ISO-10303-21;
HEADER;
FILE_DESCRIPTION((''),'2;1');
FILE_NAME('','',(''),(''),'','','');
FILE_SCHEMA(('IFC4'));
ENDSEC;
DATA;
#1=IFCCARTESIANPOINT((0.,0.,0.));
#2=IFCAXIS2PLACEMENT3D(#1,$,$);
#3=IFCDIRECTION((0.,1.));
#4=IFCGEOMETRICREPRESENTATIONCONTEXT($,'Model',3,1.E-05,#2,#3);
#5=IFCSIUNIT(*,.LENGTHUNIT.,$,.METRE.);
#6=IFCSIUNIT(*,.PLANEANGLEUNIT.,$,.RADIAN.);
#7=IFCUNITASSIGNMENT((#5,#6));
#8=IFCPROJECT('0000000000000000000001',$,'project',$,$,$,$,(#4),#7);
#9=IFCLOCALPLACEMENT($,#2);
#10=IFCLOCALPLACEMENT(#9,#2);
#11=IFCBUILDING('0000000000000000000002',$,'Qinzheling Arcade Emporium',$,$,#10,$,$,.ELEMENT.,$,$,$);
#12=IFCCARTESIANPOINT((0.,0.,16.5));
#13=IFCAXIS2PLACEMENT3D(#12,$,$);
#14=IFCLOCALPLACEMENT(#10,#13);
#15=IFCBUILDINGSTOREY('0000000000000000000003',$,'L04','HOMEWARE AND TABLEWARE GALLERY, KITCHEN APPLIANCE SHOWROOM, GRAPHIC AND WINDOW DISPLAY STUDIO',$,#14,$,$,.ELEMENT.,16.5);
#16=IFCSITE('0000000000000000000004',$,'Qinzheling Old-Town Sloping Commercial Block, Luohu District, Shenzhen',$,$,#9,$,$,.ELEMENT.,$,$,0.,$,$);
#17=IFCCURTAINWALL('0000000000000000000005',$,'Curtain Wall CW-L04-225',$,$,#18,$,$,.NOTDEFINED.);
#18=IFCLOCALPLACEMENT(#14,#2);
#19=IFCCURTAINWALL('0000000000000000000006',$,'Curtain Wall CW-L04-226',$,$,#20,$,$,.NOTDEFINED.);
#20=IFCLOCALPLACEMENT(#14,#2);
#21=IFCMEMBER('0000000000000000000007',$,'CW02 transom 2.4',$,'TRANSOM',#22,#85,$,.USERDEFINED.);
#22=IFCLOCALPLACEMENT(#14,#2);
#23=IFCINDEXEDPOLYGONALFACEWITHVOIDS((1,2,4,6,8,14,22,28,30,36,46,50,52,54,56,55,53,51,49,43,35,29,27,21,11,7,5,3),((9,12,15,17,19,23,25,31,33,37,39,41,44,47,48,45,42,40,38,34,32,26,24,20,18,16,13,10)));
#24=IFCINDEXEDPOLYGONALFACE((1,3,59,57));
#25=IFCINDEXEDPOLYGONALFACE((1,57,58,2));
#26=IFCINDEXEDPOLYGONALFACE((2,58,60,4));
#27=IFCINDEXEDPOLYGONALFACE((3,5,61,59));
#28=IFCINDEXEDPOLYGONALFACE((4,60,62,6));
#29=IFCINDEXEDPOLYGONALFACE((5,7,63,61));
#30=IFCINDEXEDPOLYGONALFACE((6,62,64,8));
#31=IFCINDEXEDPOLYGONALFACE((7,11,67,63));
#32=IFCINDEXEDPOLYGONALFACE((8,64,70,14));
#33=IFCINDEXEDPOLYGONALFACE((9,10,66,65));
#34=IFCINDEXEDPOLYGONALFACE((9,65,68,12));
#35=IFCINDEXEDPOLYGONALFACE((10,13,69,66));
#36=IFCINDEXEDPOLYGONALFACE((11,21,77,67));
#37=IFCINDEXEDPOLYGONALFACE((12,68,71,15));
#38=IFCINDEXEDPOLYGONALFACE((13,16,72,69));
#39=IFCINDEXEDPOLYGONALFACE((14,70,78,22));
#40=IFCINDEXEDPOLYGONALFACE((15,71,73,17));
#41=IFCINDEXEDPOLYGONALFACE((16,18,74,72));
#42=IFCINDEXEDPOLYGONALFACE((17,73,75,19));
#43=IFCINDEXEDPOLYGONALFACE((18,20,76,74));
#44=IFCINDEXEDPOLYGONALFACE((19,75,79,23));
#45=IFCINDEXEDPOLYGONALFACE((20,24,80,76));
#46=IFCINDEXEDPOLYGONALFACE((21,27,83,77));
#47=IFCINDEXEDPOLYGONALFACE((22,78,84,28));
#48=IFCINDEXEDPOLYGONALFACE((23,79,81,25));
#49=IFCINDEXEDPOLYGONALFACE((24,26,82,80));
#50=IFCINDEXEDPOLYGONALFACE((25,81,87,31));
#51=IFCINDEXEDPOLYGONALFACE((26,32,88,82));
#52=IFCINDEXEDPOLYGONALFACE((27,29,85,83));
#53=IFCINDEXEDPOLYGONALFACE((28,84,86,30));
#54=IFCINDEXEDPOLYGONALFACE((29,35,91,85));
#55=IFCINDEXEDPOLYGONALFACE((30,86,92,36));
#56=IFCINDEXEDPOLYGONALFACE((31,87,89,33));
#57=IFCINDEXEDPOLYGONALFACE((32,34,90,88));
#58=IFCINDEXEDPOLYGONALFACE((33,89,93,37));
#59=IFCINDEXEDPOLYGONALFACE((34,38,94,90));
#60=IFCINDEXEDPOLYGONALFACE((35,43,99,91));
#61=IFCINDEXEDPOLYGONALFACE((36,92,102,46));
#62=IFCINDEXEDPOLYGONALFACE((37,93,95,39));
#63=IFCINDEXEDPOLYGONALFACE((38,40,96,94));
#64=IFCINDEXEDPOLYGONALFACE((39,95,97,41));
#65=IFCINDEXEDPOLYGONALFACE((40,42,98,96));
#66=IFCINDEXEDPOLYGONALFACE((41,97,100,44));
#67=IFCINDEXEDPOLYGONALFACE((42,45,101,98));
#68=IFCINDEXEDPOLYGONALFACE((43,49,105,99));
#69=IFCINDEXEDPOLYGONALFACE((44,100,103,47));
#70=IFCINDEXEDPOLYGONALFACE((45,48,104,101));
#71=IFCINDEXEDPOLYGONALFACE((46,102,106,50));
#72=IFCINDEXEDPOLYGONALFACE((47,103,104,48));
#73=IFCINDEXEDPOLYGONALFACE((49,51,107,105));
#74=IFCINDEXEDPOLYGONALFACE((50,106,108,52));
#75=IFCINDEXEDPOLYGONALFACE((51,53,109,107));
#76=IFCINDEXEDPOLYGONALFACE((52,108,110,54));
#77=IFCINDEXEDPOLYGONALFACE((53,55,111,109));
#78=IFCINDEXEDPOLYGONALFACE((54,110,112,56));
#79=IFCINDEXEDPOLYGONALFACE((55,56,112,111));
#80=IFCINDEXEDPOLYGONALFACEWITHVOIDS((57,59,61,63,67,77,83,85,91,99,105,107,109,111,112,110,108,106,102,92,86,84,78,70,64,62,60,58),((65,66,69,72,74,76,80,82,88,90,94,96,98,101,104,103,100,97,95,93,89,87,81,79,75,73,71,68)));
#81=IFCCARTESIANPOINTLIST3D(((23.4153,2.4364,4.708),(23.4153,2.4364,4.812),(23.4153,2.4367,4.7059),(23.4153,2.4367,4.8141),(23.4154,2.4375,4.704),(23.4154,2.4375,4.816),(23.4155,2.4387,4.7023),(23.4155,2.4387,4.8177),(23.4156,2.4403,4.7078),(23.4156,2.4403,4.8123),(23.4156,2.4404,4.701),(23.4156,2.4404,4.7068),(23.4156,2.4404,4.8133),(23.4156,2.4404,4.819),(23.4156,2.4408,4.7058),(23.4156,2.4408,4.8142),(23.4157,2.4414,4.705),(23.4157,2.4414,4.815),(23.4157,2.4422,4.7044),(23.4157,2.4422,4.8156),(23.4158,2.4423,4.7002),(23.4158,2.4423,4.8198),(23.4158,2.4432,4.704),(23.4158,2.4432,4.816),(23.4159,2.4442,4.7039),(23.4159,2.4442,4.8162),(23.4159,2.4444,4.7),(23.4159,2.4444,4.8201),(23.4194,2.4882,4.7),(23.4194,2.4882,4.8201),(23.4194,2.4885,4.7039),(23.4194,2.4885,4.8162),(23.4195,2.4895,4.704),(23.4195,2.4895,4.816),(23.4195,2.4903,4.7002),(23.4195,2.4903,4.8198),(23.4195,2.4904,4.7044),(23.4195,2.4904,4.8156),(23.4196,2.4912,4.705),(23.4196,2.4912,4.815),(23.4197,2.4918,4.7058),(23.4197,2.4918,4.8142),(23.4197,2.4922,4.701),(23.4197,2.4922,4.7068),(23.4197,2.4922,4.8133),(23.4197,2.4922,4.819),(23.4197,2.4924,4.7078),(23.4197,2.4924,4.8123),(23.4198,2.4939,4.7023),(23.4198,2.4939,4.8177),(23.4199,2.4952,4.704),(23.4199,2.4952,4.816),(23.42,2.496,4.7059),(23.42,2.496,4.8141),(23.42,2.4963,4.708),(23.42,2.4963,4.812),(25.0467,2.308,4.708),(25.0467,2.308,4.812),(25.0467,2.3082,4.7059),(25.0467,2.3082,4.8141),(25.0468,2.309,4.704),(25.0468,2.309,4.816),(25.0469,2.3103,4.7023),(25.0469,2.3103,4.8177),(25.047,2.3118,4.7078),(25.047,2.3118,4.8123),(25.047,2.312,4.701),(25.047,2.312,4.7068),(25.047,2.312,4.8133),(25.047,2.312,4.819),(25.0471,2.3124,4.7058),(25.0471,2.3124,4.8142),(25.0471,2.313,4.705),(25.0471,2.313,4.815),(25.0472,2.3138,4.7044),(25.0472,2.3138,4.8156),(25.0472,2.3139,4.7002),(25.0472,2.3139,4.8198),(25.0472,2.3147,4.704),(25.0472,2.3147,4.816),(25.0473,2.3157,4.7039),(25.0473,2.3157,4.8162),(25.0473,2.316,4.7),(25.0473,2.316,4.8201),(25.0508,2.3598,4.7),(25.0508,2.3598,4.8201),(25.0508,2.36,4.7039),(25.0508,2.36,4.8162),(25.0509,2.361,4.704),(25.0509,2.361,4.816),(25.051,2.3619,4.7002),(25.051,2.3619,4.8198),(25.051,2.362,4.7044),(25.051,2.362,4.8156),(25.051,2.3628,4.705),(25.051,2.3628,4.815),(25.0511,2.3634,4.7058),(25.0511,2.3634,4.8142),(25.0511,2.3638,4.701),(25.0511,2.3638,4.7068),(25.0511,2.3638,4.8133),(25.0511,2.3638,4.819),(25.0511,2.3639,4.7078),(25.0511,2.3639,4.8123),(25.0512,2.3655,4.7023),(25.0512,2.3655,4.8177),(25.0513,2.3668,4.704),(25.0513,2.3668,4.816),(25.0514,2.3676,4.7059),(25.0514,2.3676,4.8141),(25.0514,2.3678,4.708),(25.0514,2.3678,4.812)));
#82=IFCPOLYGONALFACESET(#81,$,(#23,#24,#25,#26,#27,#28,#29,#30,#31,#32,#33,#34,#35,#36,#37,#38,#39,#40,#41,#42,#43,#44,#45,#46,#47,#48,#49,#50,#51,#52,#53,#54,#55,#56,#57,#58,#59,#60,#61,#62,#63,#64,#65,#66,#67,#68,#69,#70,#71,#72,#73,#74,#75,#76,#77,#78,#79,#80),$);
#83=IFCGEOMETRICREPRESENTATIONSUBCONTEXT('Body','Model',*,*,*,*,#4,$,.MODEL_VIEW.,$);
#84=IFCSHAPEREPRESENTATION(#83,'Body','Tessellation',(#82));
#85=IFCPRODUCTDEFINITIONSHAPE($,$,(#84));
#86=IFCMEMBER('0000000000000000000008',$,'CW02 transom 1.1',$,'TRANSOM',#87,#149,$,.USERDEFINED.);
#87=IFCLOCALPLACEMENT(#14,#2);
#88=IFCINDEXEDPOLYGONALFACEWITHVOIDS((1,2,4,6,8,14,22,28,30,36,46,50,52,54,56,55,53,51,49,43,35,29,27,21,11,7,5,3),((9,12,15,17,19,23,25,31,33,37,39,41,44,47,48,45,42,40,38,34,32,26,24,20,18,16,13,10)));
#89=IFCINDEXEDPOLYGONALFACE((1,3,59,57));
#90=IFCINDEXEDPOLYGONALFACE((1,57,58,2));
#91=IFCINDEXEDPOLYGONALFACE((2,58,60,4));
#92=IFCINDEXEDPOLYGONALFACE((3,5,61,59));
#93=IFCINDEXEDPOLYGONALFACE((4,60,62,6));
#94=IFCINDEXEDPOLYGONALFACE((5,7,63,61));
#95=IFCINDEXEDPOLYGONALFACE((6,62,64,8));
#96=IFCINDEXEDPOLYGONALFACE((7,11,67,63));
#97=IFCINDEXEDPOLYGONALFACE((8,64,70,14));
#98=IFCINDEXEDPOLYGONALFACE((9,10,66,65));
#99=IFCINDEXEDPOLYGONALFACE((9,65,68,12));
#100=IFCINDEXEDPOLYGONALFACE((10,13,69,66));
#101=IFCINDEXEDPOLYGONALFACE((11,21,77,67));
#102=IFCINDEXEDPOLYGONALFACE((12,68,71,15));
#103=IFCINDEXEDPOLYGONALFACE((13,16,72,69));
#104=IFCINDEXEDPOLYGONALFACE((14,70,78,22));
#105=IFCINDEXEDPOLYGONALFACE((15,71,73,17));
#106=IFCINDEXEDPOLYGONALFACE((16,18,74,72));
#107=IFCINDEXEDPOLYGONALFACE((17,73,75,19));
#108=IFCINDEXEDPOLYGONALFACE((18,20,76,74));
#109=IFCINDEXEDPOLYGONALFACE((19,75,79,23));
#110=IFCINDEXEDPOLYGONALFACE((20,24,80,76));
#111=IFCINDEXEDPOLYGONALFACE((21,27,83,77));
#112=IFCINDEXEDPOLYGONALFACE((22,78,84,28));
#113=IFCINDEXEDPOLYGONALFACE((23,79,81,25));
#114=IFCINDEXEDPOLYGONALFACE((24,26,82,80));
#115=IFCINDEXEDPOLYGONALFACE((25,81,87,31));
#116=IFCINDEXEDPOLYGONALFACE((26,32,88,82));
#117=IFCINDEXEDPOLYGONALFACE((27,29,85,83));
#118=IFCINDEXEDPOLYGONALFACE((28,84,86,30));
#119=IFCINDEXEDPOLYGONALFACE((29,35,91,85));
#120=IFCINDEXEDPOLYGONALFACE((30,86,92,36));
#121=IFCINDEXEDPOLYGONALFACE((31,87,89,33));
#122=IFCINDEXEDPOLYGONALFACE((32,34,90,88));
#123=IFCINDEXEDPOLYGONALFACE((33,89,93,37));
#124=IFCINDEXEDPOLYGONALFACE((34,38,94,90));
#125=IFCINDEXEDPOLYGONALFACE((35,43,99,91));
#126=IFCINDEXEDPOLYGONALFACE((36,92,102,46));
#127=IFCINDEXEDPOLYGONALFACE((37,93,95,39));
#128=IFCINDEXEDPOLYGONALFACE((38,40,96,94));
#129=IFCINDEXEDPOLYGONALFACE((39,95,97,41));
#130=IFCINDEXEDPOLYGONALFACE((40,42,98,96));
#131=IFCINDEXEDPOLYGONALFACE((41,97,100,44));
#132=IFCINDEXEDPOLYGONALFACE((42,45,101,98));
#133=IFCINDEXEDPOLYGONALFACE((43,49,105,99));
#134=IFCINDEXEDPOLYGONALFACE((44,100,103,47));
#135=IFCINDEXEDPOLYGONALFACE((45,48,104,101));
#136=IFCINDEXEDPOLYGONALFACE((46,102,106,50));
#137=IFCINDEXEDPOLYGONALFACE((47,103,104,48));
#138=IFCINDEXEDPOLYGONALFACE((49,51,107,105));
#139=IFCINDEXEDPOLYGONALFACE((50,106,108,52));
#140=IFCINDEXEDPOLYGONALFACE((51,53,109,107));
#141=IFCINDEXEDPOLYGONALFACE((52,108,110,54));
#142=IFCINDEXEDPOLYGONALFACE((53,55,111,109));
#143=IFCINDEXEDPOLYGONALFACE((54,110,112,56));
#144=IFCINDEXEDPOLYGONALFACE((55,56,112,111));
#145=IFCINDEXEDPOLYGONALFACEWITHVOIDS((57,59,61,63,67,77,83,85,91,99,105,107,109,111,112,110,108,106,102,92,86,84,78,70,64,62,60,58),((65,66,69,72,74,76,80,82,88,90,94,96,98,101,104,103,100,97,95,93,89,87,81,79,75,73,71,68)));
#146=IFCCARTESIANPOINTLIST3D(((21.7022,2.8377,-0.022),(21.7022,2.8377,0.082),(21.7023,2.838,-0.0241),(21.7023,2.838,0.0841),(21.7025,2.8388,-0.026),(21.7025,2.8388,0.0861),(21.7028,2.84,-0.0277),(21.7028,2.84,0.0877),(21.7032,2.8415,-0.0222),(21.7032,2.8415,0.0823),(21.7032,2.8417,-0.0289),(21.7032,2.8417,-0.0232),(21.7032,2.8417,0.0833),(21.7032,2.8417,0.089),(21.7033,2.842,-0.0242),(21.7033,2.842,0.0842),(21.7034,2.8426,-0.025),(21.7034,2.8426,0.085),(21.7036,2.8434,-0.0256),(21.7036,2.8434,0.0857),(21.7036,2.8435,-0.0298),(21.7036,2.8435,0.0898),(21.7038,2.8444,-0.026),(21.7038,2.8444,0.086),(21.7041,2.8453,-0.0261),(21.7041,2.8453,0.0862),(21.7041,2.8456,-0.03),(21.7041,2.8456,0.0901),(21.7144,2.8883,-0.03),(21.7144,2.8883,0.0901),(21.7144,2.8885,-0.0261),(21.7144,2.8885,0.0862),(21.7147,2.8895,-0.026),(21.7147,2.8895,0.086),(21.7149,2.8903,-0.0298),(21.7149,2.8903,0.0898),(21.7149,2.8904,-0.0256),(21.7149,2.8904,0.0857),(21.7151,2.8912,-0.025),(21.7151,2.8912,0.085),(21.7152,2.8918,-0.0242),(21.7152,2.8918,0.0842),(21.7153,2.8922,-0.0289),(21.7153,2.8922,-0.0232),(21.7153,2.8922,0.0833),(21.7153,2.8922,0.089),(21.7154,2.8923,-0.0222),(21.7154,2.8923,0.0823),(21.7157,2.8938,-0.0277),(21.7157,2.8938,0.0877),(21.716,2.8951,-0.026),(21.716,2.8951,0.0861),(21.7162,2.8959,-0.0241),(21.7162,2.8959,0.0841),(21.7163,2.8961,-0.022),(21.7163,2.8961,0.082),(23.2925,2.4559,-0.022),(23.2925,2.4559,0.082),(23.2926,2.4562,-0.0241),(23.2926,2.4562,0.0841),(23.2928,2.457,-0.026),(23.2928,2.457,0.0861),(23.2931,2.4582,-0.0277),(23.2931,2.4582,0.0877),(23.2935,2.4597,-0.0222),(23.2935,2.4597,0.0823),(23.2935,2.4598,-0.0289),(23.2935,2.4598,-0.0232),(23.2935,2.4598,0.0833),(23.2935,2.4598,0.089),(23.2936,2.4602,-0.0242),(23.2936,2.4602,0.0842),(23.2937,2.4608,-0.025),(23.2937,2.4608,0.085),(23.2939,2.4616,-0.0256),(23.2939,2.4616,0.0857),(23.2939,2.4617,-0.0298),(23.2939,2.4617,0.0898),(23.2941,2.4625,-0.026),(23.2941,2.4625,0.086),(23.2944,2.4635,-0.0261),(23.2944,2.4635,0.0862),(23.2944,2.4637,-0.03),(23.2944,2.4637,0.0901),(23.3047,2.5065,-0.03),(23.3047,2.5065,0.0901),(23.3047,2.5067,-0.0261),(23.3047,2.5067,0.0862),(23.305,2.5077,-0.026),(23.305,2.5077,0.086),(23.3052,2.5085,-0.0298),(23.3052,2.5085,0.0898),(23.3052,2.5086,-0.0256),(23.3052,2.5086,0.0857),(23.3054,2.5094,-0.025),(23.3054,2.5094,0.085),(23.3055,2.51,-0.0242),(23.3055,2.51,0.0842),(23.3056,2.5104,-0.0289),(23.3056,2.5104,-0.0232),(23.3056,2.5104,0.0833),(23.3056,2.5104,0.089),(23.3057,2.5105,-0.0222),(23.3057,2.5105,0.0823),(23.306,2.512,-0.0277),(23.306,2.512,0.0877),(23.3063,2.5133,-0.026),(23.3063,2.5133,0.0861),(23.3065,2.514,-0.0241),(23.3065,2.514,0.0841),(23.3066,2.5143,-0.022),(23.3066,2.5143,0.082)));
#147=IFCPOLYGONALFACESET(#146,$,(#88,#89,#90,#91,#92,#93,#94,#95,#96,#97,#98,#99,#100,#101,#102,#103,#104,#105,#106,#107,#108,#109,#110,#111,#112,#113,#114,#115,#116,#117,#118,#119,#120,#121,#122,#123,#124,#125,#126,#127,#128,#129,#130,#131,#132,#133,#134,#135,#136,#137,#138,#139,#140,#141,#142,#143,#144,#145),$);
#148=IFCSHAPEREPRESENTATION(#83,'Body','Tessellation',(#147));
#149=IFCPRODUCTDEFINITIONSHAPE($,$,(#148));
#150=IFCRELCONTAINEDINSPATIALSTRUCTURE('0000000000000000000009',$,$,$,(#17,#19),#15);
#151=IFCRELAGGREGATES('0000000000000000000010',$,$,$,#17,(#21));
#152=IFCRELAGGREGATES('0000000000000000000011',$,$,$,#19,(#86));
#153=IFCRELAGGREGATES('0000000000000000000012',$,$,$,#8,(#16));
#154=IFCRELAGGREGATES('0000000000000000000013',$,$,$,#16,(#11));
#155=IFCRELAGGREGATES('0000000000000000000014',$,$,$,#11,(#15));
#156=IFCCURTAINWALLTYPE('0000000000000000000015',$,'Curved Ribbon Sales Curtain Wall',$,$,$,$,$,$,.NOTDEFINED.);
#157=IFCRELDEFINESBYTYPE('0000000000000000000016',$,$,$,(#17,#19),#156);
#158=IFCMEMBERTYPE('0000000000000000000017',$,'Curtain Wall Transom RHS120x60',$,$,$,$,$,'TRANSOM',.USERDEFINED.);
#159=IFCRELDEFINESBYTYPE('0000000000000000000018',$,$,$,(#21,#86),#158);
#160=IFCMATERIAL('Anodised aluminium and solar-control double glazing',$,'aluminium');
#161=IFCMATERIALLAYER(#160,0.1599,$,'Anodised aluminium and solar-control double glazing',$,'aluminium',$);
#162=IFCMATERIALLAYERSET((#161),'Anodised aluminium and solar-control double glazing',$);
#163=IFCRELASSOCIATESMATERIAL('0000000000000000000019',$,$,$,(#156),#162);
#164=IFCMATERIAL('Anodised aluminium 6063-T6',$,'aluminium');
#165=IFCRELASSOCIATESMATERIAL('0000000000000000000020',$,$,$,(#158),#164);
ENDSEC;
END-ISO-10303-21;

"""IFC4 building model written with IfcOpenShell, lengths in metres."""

from ifc_helpers import new_model, si_unit, direction, frame, origin, origin_2d, place, context, subcontext, project, spatial, hollow_rectangle, extrude, material, layer, layer_set, material_profile, profile_set, type_object, element, aggregate, save


model = new_model("IFC4")

# Units and contexts
model_context = context("Model", 3, precision=1e-05, world=origin(), true_north=direction((0.0, 1.0)))
body_context = subcontext(model_context, "Body", "Model", "MODEL_VIEW")
ifc_project = project(units=[si_unit("LENGTHUNIT", "METRE"), si_unit("PLANEANGLEUNIT", "RADIAN")], contexts=[model_context])

# Site, building, storey
site_placement = place(None, origin())
site = spatial("IfcSite", under=ifc_project, at=site_placement, Name="Qinzheling Old-Town Sloping Commercial Block, Luohu District, Shenzhen", CompositionType="ELEMENT", RefElevation=0.0)
building_placement = place(site_placement, origin())
building = spatial("IfcBuilding", under=site, at=building_placement, Name="Qinzheling Arcade Emporium", CompositionType="ELEMENT")
storey_placement = place(building_placement, frame((0.0, 0.0, 16.5)))
storey = spatial("IfcBuildingStorey", under=building, at=storey_placement, Name="L04", Description="HOMEWARE AND TABLEWARE GALLERY, KITCHEN APPLIANCE SHOWROOM, GRAPHIC AND WINDOW DISPLAY STUDIO", CompositionType="ELEMENT", Elevation=16.5)

# Curtain walls
ifc_material_1 = material(Name="Anodised aluminium and solar-control double glazing", Category="aluminium")
ifc_layer_1 = layer(ifc_material_1, 0.1599, Name="Anodised aluminium and solar-control double glazing", Category="aluminium")
ifc_layer_set_1 = layer_set([ifc_layer_1], Name="Anodised aluminium and solar-control double glazing")
curtain_wall_type = type_object("IfcCurtainWallType", Name="Curved Ribbon Sales Curtain Wall", PredefinedType="NOTDEFINED", material=ifc_layer_set_1)
curtain_wall_1_placement = place(storey_placement, origin())
curtain_wall_1 = element("IfcCurtainWall", 1, at=curtain_wall_1_placement, inside=storey, type_object=curtain_wall_type, Name="Curtain Wall CW-L04-225", PredefinedType="NOTDEFINED")
ifc_material_2 = material(Name="Anodised aluminium 6063-T6", Category="aluminium")
curtain_wall_2_placement = place(storey_placement, origin())
curtain_wall_2 = element("IfcCurtainWall", 2, at=curtain_wall_2_placement, inside=storey, type_object=curtain_wall_type, Name="Curtain Wall CW-L04-226", PredefinedType="NOTDEFINED")

# Members
ifc_material_profile_1 = material_profile(ifc_material_2, hollow_rectangle(XDim=0.0601, YDim=0.1201, WallThickness=0.0039, InnerFilletRadius=0.0039, OuterFilletRadius=0.0081, at=origin_2d()), Name="RHS 120x60x4", Category="aluminium")
ifc_profile_set_1 = profile_set([ifc_material_profile_1], Name="Anodised aluminium 6063-T6")
member_type_1 = type_object("IfcMemberType", Name="Curtain Wall Transom RHS120x60", ElementType="TRANSOM", PredefinedType="USERDEFINED", material=ifc_profile_set_1)
member_1_placement = place(storey_placement, frame((25.0491, 2.3379, 4.76), z_axis=(-0.996916, 0.078476, 0.0), x_axis=(-0.078476, -0.996916, 0.0)))
member_1 = element("IfcMember", 3, at=member_1_placement, type_object=member_type_1, Name="CW02 transom 2.4", ObjectType="TRANSOM", PredefinedType="USERDEFINED", context=body_context, shape_type="SweptSolid", body=[
    extrude(hollow_rectangle(XDim=0.0601, YDim=0.1201, WallThickness=0.0039, InnerFilletRadius=0.0039, OuterFilletRadius=0.0081, at=origin_2d()), origin(), (0.0, 0.0, 1.0), 1.6365),
])
member_2_placement = place(storey_placement, frame((23.2996, 2.4851, 0.03), z_axis=(-0.972366, 0.233463, 0.0), x_axis=(-0.233463, -0.972366, 0.0)))
member_2 = element("IfcMember", 4, at=member_2_placement, type_object=member_type_1, Name="CW02 transom 1.1", ObjectType="TRANSOM", PredefinedType="USERDEFINED", context=body_context, shape_type="SweptSolid", body=[
    extrude(hollow_rectangle(XDim=0.0601, YDim=0.1201, WallThickness=0.0039, InnerFilletRadius=0.0039, OuterFilletRadius=0.0081, at=origin_2d()), origin(), (0.0, 0.0, 1.0), 1.6355),
])

aggregate(curtain_wall_1, [member_1])
aggregate(curtain_wall_2, [member_2])

save(model, "model.ifc")
